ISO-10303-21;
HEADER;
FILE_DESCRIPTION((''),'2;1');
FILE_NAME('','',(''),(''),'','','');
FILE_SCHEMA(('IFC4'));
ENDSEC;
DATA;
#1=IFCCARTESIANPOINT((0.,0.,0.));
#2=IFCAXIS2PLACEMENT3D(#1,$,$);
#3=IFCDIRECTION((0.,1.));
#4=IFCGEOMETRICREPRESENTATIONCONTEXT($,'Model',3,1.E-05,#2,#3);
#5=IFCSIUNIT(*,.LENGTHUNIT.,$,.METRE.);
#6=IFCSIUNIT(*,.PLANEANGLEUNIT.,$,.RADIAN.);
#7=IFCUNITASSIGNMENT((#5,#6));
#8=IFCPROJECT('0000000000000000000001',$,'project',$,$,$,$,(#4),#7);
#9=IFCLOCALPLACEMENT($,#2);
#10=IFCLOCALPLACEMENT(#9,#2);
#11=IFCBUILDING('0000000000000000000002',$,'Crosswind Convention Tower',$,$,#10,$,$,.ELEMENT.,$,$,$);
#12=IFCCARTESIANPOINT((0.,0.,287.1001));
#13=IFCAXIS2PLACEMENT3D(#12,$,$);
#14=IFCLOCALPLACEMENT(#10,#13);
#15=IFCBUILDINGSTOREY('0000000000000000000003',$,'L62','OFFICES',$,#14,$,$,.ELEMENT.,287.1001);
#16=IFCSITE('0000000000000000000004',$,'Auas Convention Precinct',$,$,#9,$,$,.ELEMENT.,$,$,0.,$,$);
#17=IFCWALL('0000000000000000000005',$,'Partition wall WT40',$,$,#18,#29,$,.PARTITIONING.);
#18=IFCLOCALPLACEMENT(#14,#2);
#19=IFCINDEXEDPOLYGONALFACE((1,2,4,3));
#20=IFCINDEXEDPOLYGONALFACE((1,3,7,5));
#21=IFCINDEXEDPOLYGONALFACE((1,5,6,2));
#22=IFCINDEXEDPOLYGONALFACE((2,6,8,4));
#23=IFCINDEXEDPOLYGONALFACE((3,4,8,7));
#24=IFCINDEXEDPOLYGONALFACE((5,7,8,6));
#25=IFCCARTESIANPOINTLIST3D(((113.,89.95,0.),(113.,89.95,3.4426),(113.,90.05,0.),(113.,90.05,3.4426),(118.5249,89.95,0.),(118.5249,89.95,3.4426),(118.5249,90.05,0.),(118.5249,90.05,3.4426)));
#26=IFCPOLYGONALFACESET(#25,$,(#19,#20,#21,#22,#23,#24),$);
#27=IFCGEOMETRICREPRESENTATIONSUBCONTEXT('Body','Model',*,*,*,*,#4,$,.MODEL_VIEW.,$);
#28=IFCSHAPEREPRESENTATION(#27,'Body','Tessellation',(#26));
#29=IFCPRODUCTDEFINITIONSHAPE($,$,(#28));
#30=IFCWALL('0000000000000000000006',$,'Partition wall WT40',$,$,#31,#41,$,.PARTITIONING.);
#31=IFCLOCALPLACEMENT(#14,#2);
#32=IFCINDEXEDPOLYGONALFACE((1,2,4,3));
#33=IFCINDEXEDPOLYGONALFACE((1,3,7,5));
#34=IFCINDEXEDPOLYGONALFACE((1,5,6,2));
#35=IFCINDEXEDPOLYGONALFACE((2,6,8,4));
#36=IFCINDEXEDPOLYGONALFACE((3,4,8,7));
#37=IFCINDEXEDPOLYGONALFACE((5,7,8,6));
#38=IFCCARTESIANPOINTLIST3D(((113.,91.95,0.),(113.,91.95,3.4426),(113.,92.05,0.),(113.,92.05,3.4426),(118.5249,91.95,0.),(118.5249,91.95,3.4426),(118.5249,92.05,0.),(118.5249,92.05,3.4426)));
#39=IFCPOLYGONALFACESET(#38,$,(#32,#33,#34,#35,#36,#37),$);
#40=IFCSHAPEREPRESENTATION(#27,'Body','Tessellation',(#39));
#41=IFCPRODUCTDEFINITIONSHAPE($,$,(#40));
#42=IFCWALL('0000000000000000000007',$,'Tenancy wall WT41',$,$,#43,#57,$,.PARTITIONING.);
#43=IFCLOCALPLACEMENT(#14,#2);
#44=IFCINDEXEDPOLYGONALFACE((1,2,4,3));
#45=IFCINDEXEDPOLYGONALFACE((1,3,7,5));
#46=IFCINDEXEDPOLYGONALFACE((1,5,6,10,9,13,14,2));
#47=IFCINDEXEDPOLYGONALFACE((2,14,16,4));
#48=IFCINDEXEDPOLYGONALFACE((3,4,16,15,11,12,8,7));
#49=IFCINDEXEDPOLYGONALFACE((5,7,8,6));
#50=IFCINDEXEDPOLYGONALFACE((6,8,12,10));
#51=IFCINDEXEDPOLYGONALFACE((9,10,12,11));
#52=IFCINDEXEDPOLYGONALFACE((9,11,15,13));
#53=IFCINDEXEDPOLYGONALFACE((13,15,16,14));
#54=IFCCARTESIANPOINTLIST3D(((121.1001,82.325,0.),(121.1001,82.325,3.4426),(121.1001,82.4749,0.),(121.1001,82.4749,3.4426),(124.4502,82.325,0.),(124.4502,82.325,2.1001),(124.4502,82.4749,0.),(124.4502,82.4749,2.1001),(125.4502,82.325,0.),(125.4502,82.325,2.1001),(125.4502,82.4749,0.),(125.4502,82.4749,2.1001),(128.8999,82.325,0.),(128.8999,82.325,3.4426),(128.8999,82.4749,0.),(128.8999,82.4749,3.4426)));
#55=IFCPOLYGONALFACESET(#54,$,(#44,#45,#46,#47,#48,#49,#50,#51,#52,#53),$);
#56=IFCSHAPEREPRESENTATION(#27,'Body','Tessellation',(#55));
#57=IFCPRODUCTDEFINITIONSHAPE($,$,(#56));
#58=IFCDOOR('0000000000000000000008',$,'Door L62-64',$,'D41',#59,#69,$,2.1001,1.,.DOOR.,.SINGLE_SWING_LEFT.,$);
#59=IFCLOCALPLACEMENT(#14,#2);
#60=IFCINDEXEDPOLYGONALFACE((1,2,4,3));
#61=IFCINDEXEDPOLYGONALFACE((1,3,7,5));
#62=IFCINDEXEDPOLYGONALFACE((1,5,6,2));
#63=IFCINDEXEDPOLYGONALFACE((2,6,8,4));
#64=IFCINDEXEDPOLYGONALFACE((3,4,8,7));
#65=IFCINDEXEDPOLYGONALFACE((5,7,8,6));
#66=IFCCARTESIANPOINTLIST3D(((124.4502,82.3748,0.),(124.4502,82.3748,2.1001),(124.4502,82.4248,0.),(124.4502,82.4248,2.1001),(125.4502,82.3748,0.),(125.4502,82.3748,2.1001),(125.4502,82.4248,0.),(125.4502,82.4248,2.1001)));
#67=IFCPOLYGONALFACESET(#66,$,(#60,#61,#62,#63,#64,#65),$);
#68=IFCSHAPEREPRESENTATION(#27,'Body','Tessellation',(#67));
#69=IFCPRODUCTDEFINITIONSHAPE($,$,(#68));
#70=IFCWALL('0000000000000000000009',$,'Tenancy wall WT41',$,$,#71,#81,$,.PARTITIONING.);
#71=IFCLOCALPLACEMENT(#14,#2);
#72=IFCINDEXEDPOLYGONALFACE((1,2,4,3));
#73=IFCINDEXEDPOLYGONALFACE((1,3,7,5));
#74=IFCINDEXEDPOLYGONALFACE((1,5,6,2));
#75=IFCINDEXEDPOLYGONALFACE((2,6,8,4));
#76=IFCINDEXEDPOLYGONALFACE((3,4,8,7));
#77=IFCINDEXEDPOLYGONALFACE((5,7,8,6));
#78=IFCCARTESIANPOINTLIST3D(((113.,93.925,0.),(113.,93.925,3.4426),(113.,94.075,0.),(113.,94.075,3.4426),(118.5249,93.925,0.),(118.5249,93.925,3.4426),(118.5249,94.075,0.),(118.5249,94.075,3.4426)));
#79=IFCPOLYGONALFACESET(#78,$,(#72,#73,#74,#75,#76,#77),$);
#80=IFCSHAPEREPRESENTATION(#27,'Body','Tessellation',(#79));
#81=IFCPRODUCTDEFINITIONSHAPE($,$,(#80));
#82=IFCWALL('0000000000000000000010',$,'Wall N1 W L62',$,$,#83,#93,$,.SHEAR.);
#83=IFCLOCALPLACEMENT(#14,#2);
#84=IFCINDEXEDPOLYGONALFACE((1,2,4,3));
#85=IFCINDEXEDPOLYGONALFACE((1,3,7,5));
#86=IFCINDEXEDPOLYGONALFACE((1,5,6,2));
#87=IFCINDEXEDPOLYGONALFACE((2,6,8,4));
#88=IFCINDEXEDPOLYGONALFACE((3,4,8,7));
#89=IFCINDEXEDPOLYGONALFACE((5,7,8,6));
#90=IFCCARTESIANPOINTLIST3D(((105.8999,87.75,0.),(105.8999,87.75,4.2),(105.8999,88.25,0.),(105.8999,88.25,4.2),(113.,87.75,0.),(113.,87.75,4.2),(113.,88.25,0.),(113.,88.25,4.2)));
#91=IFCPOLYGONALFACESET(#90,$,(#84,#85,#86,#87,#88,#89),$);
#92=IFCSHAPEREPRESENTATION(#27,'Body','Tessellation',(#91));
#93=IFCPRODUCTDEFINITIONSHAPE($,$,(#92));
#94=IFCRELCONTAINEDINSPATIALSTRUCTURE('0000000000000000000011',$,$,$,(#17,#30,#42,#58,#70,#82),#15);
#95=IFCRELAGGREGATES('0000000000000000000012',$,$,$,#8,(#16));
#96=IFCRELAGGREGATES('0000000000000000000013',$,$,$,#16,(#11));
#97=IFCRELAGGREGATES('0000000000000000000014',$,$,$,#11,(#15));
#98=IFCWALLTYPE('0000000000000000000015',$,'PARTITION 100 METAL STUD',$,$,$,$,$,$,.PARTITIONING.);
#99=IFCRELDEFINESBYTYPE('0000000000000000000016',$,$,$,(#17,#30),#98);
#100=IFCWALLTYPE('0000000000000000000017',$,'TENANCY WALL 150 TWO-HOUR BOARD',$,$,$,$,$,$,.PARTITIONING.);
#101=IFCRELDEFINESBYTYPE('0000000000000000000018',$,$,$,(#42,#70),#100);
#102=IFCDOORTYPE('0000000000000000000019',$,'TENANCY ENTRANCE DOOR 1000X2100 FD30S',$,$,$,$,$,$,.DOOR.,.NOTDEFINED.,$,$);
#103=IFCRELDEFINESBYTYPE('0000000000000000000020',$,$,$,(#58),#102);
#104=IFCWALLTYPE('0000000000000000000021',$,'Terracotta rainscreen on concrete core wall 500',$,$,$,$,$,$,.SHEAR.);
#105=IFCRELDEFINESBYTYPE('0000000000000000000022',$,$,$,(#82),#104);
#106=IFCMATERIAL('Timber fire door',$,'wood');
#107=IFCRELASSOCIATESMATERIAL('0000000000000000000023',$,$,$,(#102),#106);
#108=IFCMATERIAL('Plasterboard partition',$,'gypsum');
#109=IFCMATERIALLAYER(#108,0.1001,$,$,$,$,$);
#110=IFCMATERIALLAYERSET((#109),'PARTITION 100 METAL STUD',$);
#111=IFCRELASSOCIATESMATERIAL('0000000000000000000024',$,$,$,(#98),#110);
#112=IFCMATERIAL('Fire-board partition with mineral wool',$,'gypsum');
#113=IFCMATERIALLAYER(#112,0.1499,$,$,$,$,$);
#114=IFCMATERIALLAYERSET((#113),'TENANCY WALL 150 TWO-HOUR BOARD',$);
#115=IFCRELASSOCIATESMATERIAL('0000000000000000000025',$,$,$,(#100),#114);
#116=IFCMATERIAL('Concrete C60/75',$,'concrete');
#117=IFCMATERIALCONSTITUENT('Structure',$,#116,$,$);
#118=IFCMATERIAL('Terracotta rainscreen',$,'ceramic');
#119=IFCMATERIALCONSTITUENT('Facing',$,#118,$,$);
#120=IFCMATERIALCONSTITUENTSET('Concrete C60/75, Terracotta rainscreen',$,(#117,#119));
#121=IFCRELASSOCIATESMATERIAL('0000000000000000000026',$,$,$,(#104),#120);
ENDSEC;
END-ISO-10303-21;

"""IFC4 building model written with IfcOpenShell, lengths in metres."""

from ifc_helpers import new_model, si_unit, direction, frame, frame_2d, origin, place, context, subcontext, project, spatial, rectangle, extrude, material, layer, layer_set, constituent, constituent_set, type_object, element, fill, save


model = new_model("IFC4")

# Units and contexts
model_context = context("Model", 3, precision=1e-05, world=origin(), true_north=direction((0.0, 1.0)))
body_context = subcontext(model_context, "Body", "Model", "MODEL_VIEW")
ifc_project = project(units=[si_unit("LENGTHUNIT", "METRE"), si_unit("PLANEANGLEUNIT", "RADIAN")], contexts=[model_context])

# Site, building, storey
site_placement = place(None, origin())
site = spatial("IfcSite", under=ifc_project, at=site_placement, Name="Auas Convention Precinct", CompositionType="ELEMENT", RefElevation=0.0)
building_placement = place(site_placement, origin())
building = spatial("IfcBuilding", under=site, at=building_placement, Name="Crosswind Convention Tower", CompositionType="ELEMENT")
storey_placement = place(building_placement, frame((0.0, 0.0, 287.1001)))
storey = spatial("IfcBuildingStorey", under=building, at=storey_placement, Name="L62", Description="OFFICES", CompositionType="ELEMENT", Elevation=287.1001)

# Shared definitions
ifc_material_1 = material(Name="Concrete C60/75", Category="concrete")

# Shared definitions
ifc_material_2 = material(Name="Timber fire door", Category="wood")
door_type_1 = type_object("IfcDoorType", Name="TENANCY ENTRANCE DOOR 1000X2100 FD30S", OperationType="NOTDEFINED", PredefinedType="DOOR", material=ifc_material_2)

# Walls
ifc_material_3 = material(Name="Plasterboard partition", Category="gypsum")
ifc_layer_1 = layer(ifc_material_3, 0.1001)
ifc_layer_set_1 = layer_set([ifc_layer_1], Name="PARTITION 100 METAL STUD")
wall_type_1 = type_object("IfcWallType", Name="PARTITION 100 METAL STUD", PredefinedType="PARTITIONING", material=ifc_layer_set_1)
for number, where, z_axis, x_axis, name in (
    (1, (113.0, 90.0, 0.0), (0.0, 0.0, 1.0), (1.0, 0.0, 0.0), "Partition wall WT40"),
    (2, (113.0, 92.0, 0.0), (0.0, 0.0, 1.0), (1.0, 0.0, 0.0), "Partition wall WT40"),
):
    element("IfcWall", number, at=place(storey_placement, frame(where, z_axis=z_axis, x_axis=x_axis)), inside=storey, type_object=wall_type_1, Name=name, PredefinedType="PARTITIONING", context=body_context, shape_type="SweptSolid", body=[
        extrude(rectangle(XDim=5.5249, YDim=0.1001, at=frame_2d((2.7625, 0.0))), origin(), (0.0, 0.0, 1.0), 3.4426),
    ])

# Wall, opening, door
ifc_material_4 = material(Name="Fire-board partition with mineral wool", Category="gypsum")
ifc_layer_2 = layer(ifc_material_4, 0.1499)
ifc_layer_set_2 = layer_set([ifc_layer_2], Name="TENANCY WALL 150 TWO-HOUR BOARD")
wall_type_2 = type_object("IfcWallType", Name="TENANCY WALL 150 TWO-HOUR BOARD", PredefinedType="PARTITIONING", material=ifc_layer_set_2)
wall_1_placement = place(storey_placement, frame((121.1001, 82.3999, 0.0), z_axis=(0.0, 0.0, 1.0), x_axis=(1.0, 0.0, 0.0)))
wall_1 = element("IfcWall", 3, at=wall_1_placement, inside=storey, type_object=wall_type_2, Name="Tenancy wall WT41", PredefinedType="PARTITIONING", context=body_context, shape_type="SweptSolid", body=[
    extrude(rectangle(XDim=7.7998, YDim=0.1499, at=frame_2d((3.8999, 0.0))), origin(), (0.0, 0.0, 1.0), 3.4426),
])
opening_1_placement = place(wall_1_placement, frame((3.3501, 0.0, 0.0)))
opening_1 = element("IfcOpeningElement", 4, at=opening_1_placement, cuts=wall_1, PredefinedType="OPENING", context=body_context, shape_type="SweptSolid", body=[
    extrude(rectangle(XDim=1.0, YDim=2.1001, at=frame_2d((0.5, 1.05))), frame((0.0, 0.085, 0.0), z_axis=(0.0, -1.0, 0.0), x_axis=(1.0, 0.0, 0.0)), (0.0, 0.0, 1.0), 0.1699),
])
door_1_placement = place(opening_1_placement, origin())
door_1 = element("IfcDoor", 5, at=door_1_placement, inside=storey, type_object=door_type_1, Name="Door L62-64", ObjectType="D41", OperationType="SINGLE_SWING_LEFT", OverallHeight=2.1001, OverallWidth=1.0, PredefinedType="DOOR", context=body_context, shape_type="SweptSolid", body=[
    extrude(rectangle(XDim=1.0, YDim=2.1001, at=frame_2d((0.5, 1.05))), frame((0.0, 0.0249, 0.0), z_axis=(0.0, -1.0, 0.0), x_axis=(1.0, 0.0, 0.0)), (0.0, 0.0, 1.0), 0.05),
])
fill(opening_1, door_1)

# Walls
wall_2_placement = place(storey_placement, frame((113.0, 94.0, 0.0), z_axis=(0.0, 0.0, 1.0), x_axis=(1.0, 0.0, 0.0)))
element("IfcWall", 6, at=wall_2_placement, inside=storey, type_object=wall_type_2, Name="Tenancy wall WT41", PredefinedType="PARTITIONING", context=body_context, shape_type="SweptSolid", body=[
    extrude(rectangle(XDim=5.5249, YDim=0.1499, at=frame_2d((2.7625, 0.0))), origin(), (0.0, 0.0, 1.0), 3.4426),
])
ifc_constituent_1 = constituent(ifc_material_1, Name="Structure")
ifc_material_5 = material(Name="Terracotta rainscreen", Category="ceramic")
ifc_constituent_2 = constituent(ifc_material_5, Name="Facing")
ifc_constituent_set = constituent_set(constituents=[ifc_constituent_1, ifc_constituent_2], Name="Concrete C60/75, Terracotta rainscreen")
wall_type_3 = type_object("IfcWallType", Name="Terracotta rainscreen on concrete core wall 500", PredefinedType="SHEAR", material=ifc_constituent_set)
wall_3_placement = place(storey_placement, frame((113.0, 88.0, 0.0), z_axis=(0.0, 0.0, 1.0), x_axis=(-1.0, 0.0, 0.0)))
element("IfcWall", 7, at=wall_3_placement, inside=storey, type_object=wall_type_3, Name="Wall N1 W L62", PredefinedType="SHEAR", context=body_context, shape_type="SweptSolid", body=[
    extrude(rectangle(XDim=7.1001, YDim=0.5, at=frame_2d((3.55, 0.0))), origin(), (0.0, 0.0, 1.0), 4.2),
])

save(model, "model.ifc")
